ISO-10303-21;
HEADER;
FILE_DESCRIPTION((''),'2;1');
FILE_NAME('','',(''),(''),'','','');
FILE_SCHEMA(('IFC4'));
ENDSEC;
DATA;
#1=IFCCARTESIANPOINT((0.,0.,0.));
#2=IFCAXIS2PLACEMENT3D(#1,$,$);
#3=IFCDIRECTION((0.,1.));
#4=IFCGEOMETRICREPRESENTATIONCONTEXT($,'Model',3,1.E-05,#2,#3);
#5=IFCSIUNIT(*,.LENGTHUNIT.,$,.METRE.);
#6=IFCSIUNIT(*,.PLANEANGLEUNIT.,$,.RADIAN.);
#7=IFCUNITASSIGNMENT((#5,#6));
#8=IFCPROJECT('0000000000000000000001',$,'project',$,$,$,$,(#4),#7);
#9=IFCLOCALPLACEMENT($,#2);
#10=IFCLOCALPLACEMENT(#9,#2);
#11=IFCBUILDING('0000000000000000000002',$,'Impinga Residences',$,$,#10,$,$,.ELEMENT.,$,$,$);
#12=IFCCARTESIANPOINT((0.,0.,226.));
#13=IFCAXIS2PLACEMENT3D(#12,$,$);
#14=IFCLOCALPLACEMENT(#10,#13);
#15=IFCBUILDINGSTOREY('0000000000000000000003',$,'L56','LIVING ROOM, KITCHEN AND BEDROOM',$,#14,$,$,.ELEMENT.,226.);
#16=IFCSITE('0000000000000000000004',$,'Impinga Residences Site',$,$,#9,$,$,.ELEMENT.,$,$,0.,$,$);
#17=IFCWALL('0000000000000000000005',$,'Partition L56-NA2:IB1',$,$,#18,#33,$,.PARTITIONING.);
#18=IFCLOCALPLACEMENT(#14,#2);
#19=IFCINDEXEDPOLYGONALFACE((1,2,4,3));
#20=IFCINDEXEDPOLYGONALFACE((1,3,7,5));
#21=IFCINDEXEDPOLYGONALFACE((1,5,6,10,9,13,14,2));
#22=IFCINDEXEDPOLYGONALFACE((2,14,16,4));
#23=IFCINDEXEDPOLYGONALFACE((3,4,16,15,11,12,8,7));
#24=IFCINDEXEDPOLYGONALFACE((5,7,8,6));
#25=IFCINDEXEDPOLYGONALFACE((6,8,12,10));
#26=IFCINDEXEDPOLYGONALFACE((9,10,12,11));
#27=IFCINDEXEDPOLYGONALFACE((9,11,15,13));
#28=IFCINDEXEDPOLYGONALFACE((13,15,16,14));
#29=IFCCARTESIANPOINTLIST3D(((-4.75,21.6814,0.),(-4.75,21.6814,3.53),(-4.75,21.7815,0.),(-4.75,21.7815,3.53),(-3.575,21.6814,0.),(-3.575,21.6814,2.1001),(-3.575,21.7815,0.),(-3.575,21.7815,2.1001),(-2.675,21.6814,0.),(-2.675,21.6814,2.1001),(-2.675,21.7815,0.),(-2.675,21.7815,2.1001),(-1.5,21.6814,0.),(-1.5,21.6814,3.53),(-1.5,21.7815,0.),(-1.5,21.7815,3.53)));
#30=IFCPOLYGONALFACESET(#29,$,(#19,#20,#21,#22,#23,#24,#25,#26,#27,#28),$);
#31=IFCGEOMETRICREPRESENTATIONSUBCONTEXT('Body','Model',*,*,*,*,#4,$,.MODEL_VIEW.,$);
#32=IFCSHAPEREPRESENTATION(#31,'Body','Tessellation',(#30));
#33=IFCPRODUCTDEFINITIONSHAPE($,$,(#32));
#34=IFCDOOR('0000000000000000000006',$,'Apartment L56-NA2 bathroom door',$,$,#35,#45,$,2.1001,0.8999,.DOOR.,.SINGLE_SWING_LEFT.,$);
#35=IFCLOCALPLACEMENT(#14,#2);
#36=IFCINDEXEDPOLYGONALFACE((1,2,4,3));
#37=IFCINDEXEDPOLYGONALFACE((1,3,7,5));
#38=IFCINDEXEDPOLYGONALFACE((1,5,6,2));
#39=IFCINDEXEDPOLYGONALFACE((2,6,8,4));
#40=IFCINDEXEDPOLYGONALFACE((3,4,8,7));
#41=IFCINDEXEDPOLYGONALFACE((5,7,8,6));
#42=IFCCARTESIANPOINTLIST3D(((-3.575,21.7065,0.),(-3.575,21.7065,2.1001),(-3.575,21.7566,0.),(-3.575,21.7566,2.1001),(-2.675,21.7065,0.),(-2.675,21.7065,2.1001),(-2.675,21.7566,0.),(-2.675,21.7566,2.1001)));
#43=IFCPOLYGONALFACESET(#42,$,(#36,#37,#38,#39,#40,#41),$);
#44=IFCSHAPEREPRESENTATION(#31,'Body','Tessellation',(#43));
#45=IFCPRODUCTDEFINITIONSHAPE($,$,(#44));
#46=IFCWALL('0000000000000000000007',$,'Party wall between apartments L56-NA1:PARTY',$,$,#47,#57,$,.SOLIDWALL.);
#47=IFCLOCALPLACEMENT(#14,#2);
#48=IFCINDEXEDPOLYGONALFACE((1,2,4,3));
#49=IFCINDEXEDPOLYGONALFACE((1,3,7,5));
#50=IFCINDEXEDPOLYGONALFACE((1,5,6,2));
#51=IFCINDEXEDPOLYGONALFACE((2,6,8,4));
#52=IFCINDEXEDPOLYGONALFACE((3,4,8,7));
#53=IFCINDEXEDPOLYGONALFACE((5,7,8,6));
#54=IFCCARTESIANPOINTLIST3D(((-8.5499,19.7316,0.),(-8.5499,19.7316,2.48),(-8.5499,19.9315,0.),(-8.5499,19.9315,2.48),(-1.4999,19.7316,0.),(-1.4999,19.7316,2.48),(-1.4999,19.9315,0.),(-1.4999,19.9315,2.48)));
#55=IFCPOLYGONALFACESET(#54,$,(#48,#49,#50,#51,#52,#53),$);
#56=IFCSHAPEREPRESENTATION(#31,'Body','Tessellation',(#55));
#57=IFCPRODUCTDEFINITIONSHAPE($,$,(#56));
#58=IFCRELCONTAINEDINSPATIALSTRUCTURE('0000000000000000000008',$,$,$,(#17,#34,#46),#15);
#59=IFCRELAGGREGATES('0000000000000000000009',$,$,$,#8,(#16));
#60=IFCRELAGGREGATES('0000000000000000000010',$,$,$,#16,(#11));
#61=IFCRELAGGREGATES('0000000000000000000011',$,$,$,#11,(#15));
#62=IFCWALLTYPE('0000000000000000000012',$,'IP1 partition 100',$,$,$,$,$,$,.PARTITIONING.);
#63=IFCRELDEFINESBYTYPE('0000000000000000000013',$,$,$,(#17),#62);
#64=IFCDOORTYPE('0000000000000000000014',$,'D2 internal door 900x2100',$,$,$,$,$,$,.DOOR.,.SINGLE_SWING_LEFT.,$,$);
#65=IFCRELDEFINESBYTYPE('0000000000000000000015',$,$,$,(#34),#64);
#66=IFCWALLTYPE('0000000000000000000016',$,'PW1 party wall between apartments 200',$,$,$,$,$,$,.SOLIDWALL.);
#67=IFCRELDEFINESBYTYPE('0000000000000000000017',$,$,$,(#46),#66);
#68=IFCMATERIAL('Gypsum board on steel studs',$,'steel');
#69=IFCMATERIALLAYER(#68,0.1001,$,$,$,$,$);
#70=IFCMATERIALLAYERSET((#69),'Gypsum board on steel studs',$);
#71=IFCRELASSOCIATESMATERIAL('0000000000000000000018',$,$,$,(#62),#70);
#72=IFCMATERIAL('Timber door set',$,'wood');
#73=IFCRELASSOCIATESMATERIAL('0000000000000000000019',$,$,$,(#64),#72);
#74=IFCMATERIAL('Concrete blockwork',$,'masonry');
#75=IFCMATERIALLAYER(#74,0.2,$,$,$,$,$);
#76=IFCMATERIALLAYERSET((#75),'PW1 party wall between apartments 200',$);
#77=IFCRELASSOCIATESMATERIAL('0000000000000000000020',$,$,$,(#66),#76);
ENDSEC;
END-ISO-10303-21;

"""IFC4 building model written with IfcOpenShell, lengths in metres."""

from ifc_helpers import new_model, si_unit, direction, frame, frame_2d, origin, place, context, subcontext, project, spatial, rectangle, extrude, material, layer, layer_set, type_object, element, fill, save


model = new_model("IFC4")

# Units and contexts
model_context = context("Model", 3, precision=1e-05, world=origin(), true_north=direction((0.0, 1.0)))
body_context = subcontext(model_context, "Body", "Model", "MODEL_VIEW")
ifc_project = project(units=[si_unit("LENGTHUNIT", "METRE"), si_unit("PLANEANGLEUNIT", "RADIAN")], contexts=[model_context])

# Site, building, storey
site_placement = place(None, origin())
site = spatial("IfcSite", under=ifc_project, at=site_placement, Name="Impinga Residences Site", CompositionType="ELEMENT", RefElevation=0.0)
building_placement = place(site_placement, origin())
building = spatial("IfcBuilding", under=site, at=building_placement, Name="Impinga Residences", CompositionType="ELEMENT")
storey_placement = place(building_placement, frame((0.0, 0.0, 226.0)))
storey = spatial("IfcBuildingStorey", under=building, at=storey_placement, Name="L56", Description="LIVING ROOM, KITCHEN AND BEDROOM", CompositionType="ELEMENT", Elevation=226.0)

# Shared definitions
ifc_material_1 = material(Name="Concrete blockwork", Category="masonry")
ifc_material_2 = material(Name="Timber door set", Category="wood")

# Shared definitions
ifc_material_3 = material(Name="Gypsum board on steel studs", Category="steel")
ifc_layer_1 = layer(ifc_material_3, 0.1001)
ifc_layer_set_1 = layer_set([ifc_layer_1], Name="Gypsum board on steel studs")
wall_type_1 = type_object("IfcWallType", Name="IP1 partition 100", PredefinedType="PARTITIONING", material=ifc_layer_set_1)

# Shared definitions
door_type_1 = type_object("IfcDoorType", Name="D2 internal door 900x2100", OperationType="SINGLE_SWING_LEFT", PredefinedType="DOOR", material=ifc_material_2)

# Wall, opening, door
wall_1_placement = place(storey_placement, frame((-1.5, 21.7314, 0.0), z_axis=(0.0, 0.0, 1.0), x_axis=(-1.0, 0.0, 0.0)))
wall_1 = element("IfcWall", 1, at=wall_1_placement, inside=storey, type_object=wall_type_1, Name="Partition L56-NA2:IB1", PredefinedType="PARTITIONING", context=body_context, shape_type="SweptSolid", body=[
    extrude(rectangle(XDim=3.25, YDim=0.1001, at=frame_2d((1.625, 0.0))), origin(), (0.0, 0.0, 1.0), 3.53),
])
opening_1_placement = place(wall_1_placement, frame((1.175, 0.0, 0.0)))
opening_1 = element("IfcOpeningElement", 2, at=opening_1_placement, cuts=wall_1, PredefinedType="OPENING", context=body_context, shape_type="SweptSolid", body=[
    extrude(rectangle(XDim=0.8999, YDim=2.1001, at=frame_2d((0.45, 1.05))), frame((0.0, 0.0601, 0.0), z_axis=(0.0, -1.0, 0.0), x_axis=(1.0, 0.0, 0.0)), (0.0, 0.0, 1.0), 0.1201),
])
door_1_placement = place(opening_1_placement, origin())
door_1 = element("IfcDoor", 3, at=door_1_placement, inside=storey, type_object=door_type_1, Name="Apartment L56-NA2 bathroom door", OperationType="SINGLE_SWING_LEFT", OverallHeight=2.1001, OverallWidth=0.8999, PredefinedType="DOOR", context=body_context, shape_type="SweptSolid", body=[
    extrude(rectangle(XDim=0.8999, YDim=2.1001, at=frame_2d((0.45, 1.05))), frame((0.0, 0.0249, 0.0), z_axis=(0.0, -1.0, 0.0), x_axis=(1.0, 0.0, 0.0)), (0.0, 0.0, 1.0), 0.05),
])
fill(opening_1, door_1)

# Wall
ifc_layer_2 = layer(ifc_material_1, 0.2)
ifc_layer_set_2 = layer_set([ifc_layer_2], Name="PW1 party wall between apartments 200")
wall_type_2 = type_object("IfcWallType", Name="PW1 party wall between apartments 200", PredefinedType="SOLIDWALL", material=ifc_layer_set_2)
wall_2_placement = place(storey_placement, frame((-1.5, 19.8315, 0.0), z_axis=(0.0, 0.0, 1.0), x_axis=(-1.0, 0.0, 0.0)))
element("IfcWall", 4, at=wall_2_placement, inside=storey, type_object=wall_type_2, Name="Party wall between apartments L56-NA1:PARTY", PredefinedType="SOLIDWALL", context=body_context, shape_type="SweptSolid", body=[
    extrude(rectangle(XDim=7.05, YDim=0.2, at=frame_2d((3.5249, 0.0))), origin(), (0.0, 0.0, 1.0), 2.48),
])

save(model, "model.ifc")
